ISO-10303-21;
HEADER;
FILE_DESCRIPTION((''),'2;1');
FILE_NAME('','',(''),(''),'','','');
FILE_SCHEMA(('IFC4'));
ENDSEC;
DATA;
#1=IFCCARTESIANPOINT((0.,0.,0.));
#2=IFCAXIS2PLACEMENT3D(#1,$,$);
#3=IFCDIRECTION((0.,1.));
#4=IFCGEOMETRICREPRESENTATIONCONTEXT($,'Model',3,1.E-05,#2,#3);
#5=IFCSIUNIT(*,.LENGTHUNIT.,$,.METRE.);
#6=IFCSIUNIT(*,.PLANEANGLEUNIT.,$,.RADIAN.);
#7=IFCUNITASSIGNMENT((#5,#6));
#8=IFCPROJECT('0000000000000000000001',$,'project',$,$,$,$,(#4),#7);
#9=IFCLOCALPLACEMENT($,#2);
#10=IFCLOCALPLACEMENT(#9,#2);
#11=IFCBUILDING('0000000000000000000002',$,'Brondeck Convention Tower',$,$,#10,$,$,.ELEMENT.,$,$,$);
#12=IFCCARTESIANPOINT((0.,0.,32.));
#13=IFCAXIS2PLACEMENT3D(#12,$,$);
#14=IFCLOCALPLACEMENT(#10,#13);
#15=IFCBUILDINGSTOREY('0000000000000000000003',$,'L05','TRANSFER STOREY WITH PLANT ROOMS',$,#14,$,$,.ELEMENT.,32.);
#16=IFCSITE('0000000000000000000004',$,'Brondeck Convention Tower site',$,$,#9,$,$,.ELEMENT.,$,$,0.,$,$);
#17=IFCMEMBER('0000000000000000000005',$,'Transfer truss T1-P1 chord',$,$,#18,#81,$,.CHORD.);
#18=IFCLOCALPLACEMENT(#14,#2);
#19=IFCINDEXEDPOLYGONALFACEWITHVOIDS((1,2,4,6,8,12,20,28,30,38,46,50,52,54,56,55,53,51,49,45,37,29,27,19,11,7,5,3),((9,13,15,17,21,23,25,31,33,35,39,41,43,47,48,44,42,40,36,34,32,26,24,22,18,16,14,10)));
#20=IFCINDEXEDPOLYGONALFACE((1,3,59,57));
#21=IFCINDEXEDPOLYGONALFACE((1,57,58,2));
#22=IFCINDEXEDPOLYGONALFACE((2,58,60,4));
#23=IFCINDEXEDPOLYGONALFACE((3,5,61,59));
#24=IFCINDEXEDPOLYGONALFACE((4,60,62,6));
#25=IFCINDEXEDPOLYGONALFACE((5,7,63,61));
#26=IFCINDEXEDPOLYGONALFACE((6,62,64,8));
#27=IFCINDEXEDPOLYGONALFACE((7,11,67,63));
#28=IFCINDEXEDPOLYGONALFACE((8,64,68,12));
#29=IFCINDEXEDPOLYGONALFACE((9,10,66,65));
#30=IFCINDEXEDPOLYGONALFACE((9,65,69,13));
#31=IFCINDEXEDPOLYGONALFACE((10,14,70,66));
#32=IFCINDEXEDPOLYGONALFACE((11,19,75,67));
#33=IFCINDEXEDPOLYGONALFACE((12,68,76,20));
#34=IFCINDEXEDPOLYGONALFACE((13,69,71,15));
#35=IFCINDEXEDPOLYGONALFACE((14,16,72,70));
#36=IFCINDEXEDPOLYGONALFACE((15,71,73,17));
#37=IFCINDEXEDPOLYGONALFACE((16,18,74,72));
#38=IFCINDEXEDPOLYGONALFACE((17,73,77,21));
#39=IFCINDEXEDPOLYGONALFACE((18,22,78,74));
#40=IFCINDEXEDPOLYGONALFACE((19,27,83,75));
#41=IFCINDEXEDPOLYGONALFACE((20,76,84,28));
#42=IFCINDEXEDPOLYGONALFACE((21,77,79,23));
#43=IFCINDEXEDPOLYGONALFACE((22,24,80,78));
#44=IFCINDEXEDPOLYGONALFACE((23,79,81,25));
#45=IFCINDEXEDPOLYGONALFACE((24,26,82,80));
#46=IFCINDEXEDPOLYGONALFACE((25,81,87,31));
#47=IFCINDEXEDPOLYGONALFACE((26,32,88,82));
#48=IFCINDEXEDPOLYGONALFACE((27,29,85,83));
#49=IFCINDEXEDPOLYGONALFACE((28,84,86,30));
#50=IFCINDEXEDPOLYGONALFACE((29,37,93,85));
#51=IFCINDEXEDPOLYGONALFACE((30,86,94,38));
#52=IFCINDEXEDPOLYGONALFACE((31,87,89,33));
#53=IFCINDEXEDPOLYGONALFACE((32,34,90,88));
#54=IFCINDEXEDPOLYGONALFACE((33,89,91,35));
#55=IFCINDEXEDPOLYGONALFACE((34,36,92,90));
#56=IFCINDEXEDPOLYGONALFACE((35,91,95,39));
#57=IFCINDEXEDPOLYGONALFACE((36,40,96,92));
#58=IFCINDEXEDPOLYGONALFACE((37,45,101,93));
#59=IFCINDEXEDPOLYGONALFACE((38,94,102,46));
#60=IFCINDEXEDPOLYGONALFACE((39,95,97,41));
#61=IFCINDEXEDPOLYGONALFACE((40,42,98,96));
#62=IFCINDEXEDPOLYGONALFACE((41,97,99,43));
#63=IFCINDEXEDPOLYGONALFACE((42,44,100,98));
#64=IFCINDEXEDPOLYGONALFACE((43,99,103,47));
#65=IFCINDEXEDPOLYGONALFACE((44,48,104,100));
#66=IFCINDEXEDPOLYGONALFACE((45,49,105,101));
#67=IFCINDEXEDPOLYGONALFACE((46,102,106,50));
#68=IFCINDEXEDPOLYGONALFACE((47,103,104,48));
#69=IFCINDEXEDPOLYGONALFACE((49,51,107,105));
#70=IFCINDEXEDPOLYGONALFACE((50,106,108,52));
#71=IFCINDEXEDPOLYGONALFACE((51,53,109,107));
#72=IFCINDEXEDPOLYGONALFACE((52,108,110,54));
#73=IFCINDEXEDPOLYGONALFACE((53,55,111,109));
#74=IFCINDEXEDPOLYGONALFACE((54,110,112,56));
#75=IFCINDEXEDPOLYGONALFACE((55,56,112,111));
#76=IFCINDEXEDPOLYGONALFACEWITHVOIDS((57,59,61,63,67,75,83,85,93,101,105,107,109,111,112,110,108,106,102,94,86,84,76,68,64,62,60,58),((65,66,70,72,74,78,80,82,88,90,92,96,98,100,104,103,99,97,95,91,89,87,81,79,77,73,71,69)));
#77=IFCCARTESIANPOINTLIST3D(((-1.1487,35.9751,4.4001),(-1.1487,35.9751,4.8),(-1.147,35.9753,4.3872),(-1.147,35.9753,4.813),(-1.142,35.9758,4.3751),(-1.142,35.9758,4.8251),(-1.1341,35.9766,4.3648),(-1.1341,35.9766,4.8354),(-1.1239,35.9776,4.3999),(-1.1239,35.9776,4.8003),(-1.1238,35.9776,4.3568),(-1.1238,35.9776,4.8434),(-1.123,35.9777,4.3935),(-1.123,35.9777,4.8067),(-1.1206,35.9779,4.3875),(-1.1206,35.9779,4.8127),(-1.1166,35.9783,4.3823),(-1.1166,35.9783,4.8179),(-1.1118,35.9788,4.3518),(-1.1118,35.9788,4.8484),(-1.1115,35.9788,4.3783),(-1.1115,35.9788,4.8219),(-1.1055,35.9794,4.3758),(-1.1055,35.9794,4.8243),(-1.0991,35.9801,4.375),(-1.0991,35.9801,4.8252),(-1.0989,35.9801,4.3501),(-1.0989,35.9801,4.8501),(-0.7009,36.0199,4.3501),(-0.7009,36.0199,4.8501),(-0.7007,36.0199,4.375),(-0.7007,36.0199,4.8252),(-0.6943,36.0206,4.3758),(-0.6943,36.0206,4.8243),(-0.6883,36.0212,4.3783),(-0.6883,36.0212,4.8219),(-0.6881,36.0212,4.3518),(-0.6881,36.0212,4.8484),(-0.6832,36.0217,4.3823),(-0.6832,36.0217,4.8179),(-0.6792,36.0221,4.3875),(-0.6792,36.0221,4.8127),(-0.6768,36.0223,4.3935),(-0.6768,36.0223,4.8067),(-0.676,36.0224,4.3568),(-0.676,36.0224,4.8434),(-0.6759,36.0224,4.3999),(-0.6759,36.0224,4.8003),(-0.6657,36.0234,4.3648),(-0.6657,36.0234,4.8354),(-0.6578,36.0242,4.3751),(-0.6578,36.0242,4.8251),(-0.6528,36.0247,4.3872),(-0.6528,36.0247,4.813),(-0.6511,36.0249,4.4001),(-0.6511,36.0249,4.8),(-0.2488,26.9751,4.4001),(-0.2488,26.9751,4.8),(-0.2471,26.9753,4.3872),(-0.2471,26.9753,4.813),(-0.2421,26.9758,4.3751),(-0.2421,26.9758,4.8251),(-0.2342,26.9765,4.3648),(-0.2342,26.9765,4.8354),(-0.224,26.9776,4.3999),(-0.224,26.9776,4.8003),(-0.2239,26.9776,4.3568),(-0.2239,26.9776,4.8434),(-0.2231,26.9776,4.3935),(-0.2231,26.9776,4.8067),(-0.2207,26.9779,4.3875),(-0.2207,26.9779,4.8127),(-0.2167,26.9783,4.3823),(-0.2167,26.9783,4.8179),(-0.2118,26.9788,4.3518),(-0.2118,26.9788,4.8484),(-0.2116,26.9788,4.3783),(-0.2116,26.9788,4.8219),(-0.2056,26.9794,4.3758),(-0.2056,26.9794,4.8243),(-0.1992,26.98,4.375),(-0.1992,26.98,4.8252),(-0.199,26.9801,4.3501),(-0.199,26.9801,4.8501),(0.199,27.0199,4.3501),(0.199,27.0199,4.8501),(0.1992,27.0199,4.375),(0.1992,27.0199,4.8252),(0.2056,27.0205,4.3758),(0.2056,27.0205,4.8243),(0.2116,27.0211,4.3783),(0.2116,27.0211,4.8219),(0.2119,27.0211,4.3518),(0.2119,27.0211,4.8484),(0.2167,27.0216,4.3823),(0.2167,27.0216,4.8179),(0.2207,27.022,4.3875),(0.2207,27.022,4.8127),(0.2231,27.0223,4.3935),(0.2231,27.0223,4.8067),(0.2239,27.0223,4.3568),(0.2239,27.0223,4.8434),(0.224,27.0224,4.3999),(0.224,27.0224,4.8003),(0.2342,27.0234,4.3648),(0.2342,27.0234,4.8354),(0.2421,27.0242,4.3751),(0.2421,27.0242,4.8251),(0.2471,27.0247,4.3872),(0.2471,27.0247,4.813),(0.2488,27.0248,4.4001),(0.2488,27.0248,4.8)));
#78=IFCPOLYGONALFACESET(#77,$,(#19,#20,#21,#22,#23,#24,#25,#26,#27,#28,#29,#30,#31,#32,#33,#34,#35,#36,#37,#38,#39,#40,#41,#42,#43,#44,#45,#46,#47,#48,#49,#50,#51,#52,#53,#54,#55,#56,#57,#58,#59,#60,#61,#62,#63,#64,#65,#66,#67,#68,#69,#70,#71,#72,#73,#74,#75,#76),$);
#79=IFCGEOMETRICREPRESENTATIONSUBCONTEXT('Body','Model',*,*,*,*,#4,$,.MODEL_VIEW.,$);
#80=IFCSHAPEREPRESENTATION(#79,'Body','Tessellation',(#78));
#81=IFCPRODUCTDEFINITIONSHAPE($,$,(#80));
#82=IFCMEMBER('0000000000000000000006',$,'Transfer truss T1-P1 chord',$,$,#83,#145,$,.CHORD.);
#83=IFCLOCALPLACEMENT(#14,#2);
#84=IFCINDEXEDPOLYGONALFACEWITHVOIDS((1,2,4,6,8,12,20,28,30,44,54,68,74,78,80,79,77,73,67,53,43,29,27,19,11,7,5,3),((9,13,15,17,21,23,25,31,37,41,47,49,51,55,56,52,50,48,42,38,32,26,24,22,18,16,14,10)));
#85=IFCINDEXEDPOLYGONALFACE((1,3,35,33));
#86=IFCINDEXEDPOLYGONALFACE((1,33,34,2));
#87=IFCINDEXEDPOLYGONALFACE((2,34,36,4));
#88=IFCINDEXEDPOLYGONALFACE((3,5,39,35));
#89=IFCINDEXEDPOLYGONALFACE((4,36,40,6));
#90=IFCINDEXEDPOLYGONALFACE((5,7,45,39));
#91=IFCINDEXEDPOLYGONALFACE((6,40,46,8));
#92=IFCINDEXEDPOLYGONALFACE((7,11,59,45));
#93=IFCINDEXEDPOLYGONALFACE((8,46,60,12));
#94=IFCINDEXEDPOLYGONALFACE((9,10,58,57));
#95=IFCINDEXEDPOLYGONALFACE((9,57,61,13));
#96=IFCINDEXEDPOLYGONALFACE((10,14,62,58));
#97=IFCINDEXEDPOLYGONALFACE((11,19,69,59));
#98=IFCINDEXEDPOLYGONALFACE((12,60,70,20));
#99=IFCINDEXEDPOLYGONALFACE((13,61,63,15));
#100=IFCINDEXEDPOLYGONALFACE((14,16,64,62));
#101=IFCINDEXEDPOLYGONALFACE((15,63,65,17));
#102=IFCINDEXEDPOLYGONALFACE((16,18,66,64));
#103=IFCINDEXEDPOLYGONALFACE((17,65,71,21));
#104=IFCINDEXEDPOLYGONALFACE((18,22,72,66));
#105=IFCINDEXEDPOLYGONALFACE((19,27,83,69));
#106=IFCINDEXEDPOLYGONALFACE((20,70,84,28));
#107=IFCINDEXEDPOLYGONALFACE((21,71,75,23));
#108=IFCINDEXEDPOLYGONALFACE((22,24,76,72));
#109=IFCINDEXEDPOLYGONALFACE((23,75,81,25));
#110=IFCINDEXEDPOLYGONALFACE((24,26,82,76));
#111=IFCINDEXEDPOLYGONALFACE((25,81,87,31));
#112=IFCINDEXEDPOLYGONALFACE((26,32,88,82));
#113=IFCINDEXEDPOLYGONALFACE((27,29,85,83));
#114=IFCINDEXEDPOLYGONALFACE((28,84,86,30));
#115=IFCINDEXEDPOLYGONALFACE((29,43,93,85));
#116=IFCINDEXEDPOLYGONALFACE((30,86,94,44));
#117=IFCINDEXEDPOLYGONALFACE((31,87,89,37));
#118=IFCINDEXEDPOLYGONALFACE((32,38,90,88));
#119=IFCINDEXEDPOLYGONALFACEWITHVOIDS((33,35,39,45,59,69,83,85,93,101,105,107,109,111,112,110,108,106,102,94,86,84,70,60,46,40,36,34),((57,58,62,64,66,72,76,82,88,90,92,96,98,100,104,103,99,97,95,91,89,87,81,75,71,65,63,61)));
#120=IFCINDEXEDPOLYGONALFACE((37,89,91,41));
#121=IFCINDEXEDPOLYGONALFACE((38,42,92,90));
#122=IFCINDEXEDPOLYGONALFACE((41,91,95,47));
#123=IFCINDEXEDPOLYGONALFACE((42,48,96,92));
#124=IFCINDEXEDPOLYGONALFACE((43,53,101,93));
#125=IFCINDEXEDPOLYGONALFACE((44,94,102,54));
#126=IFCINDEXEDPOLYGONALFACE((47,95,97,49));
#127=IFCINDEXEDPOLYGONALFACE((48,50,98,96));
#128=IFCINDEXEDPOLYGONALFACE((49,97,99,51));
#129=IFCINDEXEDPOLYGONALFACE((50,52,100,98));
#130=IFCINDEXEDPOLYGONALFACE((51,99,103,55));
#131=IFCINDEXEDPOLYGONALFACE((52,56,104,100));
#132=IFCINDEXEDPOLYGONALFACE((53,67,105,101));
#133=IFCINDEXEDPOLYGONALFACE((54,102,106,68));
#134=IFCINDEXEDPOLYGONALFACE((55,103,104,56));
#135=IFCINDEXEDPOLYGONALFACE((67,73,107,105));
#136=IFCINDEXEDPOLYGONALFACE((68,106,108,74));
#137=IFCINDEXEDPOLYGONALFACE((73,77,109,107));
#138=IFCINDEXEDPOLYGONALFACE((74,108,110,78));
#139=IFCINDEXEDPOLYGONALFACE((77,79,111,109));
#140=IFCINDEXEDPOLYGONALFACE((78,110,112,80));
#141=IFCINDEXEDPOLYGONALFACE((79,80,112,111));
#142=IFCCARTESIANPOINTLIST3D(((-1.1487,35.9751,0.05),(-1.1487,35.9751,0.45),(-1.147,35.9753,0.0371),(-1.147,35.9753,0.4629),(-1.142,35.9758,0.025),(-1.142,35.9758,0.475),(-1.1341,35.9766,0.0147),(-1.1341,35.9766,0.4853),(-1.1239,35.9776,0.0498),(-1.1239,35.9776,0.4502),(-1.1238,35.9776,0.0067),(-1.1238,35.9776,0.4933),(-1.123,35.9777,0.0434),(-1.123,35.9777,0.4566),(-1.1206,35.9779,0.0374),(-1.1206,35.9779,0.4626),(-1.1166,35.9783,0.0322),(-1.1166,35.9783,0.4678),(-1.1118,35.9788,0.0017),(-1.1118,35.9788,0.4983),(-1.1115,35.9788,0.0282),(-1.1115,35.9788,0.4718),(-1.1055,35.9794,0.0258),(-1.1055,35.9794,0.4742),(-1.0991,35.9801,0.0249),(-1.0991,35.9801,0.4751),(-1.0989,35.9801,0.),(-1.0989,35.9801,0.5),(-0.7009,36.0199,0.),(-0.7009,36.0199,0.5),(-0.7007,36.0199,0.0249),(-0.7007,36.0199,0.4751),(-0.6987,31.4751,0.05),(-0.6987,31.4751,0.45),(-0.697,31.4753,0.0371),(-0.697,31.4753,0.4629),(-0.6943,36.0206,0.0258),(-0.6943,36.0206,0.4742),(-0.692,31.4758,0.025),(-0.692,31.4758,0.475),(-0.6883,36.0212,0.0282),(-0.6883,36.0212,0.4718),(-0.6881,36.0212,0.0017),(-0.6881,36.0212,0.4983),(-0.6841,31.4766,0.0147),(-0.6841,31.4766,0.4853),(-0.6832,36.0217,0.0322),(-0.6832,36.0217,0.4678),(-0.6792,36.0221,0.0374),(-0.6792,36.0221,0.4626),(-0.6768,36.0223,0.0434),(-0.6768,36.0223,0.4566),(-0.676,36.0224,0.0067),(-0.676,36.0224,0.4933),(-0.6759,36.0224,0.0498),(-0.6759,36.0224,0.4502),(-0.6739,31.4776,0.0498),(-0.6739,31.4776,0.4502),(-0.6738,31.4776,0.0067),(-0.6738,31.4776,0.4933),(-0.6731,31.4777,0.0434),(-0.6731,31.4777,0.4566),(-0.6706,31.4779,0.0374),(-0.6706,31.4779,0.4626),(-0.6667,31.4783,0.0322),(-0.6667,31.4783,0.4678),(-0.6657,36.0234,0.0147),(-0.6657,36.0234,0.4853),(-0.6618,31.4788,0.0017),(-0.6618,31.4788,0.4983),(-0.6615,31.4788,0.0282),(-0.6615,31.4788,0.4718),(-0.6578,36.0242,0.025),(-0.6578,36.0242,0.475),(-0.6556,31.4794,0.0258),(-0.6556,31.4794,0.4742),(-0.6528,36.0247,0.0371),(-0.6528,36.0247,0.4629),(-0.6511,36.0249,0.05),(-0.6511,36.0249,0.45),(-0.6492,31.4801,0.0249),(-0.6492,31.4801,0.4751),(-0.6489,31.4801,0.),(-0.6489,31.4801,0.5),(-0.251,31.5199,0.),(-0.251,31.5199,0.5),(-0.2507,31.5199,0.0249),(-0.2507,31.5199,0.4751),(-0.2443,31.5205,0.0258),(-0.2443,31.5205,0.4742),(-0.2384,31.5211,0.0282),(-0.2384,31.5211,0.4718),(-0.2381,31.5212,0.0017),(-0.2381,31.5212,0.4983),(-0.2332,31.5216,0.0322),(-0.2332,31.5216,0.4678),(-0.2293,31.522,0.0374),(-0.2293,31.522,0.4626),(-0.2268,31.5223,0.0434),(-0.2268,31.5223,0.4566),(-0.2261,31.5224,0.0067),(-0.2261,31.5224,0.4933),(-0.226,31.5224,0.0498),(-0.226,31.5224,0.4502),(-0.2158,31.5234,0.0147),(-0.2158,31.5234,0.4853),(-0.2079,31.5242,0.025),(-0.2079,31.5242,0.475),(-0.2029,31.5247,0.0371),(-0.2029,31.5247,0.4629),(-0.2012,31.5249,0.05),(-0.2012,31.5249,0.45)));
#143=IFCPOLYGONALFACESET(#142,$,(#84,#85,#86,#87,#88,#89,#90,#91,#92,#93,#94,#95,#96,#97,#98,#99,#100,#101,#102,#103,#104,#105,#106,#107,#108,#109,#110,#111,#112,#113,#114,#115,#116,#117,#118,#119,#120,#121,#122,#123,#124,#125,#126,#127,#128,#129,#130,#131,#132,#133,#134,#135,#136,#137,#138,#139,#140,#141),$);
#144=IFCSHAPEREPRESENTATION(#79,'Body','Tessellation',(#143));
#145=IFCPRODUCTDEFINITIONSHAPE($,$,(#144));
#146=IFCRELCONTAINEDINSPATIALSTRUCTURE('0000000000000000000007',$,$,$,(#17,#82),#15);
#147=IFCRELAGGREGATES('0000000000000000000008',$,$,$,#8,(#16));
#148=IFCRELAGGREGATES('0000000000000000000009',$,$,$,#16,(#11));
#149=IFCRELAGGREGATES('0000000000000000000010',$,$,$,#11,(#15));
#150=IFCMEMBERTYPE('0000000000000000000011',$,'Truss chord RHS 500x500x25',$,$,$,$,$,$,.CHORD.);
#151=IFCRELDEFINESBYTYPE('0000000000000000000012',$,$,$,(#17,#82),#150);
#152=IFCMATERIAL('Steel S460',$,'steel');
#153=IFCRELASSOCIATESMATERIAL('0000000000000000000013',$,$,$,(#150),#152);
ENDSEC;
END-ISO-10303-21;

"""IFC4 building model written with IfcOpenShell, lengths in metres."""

from ifc_helpers import new_model, si_unit, direction, frame, origin, origin_2d, place, context, subcontext, project, spatial, hollow_rectangle, extrude, material, material_profile, profile_set, type_object, element, save


model = new_model("IFC4")

# Units and contexts
model_context = context("Model", 3, precision=1e-05, world=origin(), true_north=direction((0.0, 1.0)))
body_context = subcontext(model_context, "Body", "Model", "MODEL_VIEW")
ifc_project = project(units=[si_unit("LENGTHUNIT", "METRE"), si_unit("PLANEANGLEUNIT", "RADIAN")], contexts=[model_context])

# Site, building, storey
site_placement = place(None, origin())
site = spatial("IfcSite", under=ifc_project, at=site_placement, Name="Brondeck Convention Tower site", CompositionType="ELEMENT", RefElevation=0.0)
building_placement = place(site_placement, origin())
building = spatial("IfcBuilding", under=site, at=building_placement, Name="Brondeck Convention Tower", CompositionType="ELEMENT")
storey_placement = place(building_placement, frame((0.0, 0.0, 32.0)))
storey = spatial("IfcBuildingStorey", under=building, at=storey_placement, Name="L05", Description="TRANSFER STOREY WITH PLANT ROOMS", CompositionType="ELEMENT", Elevation=32.0)

# Shared definitions
ifc_material_1 = material(Name="Steel S460", Category="steel")

# Members
ifc_material_profile_1 = material_profile(ifc_material_1, hollow_rectangle(XDim=0.5, YDim=0.5, WallThickness=0.0249, InnerFilletRadius=0.0249, OuterFilletRadius=0.05, at=origin_2d()), Name="RHS 500x500x25")
ifc_profile_set_1 = profile_set([ifc_material_profile_1], Name="Steel S460")
member_type_1 = type_object("IfcMemberType", Name="Truss chord RHS 500x500x25", PredefinedType="CHORD", material=ifc_profile_set_1)
member_placement = place(storey_placement, frame((-0.8999, 36.0, 4.6001), z_axis=(0.099493, -0.995038, 0.0), x_axis=(0.995038, 0.099493, 0.0)))
element("IfcMember", 1, at=member_placement, inside=storey, type_object=member_type_1, Name="Transfer truss T1-P1 chord", PredefinedType="CHORD", context=body_context, shape_type="SweptSolid", body=[
    extrude(hollow_rectangle(XDim=0.5, YDim=0.5, WallThickness=0.0249, InnerFilletRadius=0.0249, OuterFilletRadius=0.05, at=origin_2d()), origin(), (0.0, 0.0, 1.0), 9.0449),
])
for number, where, z_axis, x_axis, name in (
    (2, (-0.8999, 36.0, 0.25), (0.099493, -0.995038, 0.0), (0.995038, 0.099493, 0.0), "Transfer truss T1-P1 chord"),
):
    element("IfcMember", number, at=place(storey_placement, frame(where, z_axis=z_axis, x_axis=x_axis)), inside=storey, type_object=member_type_1, Name=name, PredefinedType="CHORD", context=body_context, shape_type="SweptSolid", body=[
        extrude(hollow_rectangle(XDim=0.5, YDim=0.5, WallThickness=0.0249, InnerFilletRadius=0.0249, OuterFilletRadius=0.05, at=origin_2d()), origin(), (0.0, 0.0, 1.0), 4.5225),
    ])

save(model, "model.ifc")
